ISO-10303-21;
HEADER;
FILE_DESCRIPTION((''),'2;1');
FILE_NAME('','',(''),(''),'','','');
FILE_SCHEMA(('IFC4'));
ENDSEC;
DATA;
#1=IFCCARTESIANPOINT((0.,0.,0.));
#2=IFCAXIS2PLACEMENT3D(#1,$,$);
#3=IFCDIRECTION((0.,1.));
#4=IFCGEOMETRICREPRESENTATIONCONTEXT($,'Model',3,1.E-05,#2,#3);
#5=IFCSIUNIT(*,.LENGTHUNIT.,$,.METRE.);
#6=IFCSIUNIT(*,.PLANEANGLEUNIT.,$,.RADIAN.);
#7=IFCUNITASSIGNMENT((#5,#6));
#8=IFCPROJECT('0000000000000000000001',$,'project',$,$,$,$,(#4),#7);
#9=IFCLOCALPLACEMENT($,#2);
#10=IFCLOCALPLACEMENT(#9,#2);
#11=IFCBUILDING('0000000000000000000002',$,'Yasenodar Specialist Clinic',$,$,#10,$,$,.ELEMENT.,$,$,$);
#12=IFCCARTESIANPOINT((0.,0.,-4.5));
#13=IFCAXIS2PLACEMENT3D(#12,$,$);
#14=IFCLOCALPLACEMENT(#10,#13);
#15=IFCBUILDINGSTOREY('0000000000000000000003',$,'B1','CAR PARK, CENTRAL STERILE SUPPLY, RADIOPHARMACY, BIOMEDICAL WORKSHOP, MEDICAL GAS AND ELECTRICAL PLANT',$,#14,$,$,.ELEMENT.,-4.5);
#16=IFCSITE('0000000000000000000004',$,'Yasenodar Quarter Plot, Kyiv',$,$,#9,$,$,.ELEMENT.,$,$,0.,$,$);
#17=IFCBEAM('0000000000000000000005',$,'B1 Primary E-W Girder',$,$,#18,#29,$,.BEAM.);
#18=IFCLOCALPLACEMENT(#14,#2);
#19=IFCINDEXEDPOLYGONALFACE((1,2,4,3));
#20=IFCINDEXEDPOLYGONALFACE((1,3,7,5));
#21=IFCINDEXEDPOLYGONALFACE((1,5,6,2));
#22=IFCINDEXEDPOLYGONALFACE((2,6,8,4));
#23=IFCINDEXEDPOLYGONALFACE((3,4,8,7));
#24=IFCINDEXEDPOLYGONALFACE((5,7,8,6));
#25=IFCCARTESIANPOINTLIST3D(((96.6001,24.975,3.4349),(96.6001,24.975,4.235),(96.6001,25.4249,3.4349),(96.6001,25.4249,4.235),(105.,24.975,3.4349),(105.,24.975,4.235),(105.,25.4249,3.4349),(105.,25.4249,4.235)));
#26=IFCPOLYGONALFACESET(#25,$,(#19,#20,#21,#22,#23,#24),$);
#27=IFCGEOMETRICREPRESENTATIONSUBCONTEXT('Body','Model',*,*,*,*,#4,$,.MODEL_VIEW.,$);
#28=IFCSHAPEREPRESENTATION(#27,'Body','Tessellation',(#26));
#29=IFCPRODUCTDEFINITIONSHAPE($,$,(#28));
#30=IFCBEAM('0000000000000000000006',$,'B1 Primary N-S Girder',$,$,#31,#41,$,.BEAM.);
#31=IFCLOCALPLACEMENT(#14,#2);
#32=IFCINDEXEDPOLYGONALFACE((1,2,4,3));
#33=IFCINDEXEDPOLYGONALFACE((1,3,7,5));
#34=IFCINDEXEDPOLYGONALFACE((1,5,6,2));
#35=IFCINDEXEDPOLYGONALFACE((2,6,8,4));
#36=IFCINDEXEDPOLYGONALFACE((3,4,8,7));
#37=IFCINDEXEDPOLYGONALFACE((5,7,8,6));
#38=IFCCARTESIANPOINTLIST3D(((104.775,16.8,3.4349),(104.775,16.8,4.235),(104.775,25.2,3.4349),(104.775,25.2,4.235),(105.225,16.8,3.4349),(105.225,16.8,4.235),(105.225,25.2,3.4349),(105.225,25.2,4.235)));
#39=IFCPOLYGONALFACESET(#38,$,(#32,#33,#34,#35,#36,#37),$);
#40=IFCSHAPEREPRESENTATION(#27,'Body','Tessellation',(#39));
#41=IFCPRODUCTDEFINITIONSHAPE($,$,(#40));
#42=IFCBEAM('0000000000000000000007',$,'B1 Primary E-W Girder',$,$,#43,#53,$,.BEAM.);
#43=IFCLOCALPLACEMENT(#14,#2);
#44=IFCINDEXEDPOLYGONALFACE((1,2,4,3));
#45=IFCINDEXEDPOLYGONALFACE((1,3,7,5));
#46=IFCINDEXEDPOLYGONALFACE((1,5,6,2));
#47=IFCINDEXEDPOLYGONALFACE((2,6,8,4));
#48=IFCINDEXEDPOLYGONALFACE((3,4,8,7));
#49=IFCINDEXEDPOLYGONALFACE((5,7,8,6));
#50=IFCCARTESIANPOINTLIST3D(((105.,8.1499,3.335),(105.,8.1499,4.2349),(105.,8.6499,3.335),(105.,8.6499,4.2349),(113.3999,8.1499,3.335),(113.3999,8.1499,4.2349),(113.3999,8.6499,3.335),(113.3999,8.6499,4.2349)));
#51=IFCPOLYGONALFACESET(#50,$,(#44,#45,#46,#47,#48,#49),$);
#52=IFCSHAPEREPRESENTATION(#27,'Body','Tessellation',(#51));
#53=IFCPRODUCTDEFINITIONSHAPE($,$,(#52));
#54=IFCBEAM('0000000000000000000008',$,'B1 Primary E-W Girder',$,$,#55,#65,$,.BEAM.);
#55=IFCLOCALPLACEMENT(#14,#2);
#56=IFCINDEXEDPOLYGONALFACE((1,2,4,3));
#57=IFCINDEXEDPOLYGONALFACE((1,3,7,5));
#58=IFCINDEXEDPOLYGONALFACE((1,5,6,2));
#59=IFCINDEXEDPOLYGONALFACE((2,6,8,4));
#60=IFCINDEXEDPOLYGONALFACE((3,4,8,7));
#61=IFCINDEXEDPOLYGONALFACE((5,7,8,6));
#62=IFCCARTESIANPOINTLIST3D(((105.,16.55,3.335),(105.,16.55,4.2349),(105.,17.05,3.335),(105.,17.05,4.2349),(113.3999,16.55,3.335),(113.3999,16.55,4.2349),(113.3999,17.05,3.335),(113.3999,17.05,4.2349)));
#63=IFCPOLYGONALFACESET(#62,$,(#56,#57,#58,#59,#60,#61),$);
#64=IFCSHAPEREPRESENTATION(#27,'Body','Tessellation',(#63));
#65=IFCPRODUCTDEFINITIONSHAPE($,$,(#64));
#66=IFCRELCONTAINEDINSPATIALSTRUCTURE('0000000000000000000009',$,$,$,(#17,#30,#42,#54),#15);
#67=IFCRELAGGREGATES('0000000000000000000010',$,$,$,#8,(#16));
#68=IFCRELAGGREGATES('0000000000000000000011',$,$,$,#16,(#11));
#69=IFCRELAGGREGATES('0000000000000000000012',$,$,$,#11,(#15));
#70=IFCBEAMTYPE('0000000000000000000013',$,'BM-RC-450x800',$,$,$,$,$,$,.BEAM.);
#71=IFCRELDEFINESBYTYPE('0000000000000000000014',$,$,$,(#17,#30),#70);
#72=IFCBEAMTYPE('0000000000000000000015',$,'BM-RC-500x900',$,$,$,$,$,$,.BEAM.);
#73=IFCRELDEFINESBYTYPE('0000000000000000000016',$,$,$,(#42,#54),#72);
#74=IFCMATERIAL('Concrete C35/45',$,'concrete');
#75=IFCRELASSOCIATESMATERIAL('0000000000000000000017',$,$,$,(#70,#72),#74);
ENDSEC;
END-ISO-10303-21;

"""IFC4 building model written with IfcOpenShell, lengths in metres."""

from ifc_helpers import new_model, si_unit, direction, frame, origin, origin_2d, place, context, subcontext, project, spatial, rectangle, extrude, material, material_profile, profile_set, type_object, element, save


model = new_model("IFC4")

# Units and contexts
model_context = context("Model", 3, precision=1e-05, world=origin(), true_north=direction((0.0, 1.0)))
body_context = subcontext(model_context, "Body", "Model", "MODEL_VIEW")
ifc_project = project(units=[si_unit("LENGTHUNIT", "METRE"), si_unit("PLANEANGLEUNIT", "RADIAN")], contexts=[model_context])

# Site, building, storey
site_placement = place(None, origin())
site = spatial("IfcSite", under=ifc_project, at=site_placement, Name="Yasenodar Quarter Plot, Kyiv", CompositionType="ELEMENT", RefElevation=0.0)
building_placement = place(site_placement, origin())
building = spatial("IfcBuilding", under=site, at=building_placement, Name="Yasenodar Specialist Clinic", CompositionType="ELEMENT")
storey_placement = place(building_placement, frame((0.0, 0.0, -4.5)))
storey = spatial("IfcBuildingStorey", under=building, at=storey_placement, Name="B1", Description="CAR PARK, CENTRAL STERILE SUPPLY, RADIOPHARMACY, BIOMEDICAL WORKSHOP, MEDICAL GAS AND ELECTRICAL PLANT", CompositionType="ELEMENT", Elevation=-4.5)

# Shared definitions
ifc_material_1 = material(Name="Concrete C35/45", Category="concrete")

# Beams
ifc_material_profile_1 = material_profile(ifc_material_1, rectangle(XDim=0.45, YDim=0.8, at=origin_2d()), Name="RC 450x800")
ifc_profile_set_1 = profile_set([ifc_material_profile_1], Name="Concrete C35/45")
beam_type_1 = type_object("IfcBeamType", Name="BM-RC-450x800", PredefinedType="BEAM", material=ifc_profile_set_1)
for number, where, z_axis, x_axis, name in (
    (1, (96.6001, 25.2, 3.835), (1.0, 0.0, 0.0), (0.0, 1.0, 0.0), "B1 Primary E-W Girder"),
    (2, (105.0, 16.8, 3.835), (0.0, 1.0, 0.0), (-1.0, 0.0, 0.0), "B1 Primary N-S Girder"),
):
    element("IfcBeam", number, at=place(storey_placement, frame(where, z_axis=z_axis, x_axis=x_axis)), inside=storey, type_object=beam_type_1, Name=name, PredefinedType="BEAM", context=body_context, shape_type="SweptSolid", body=[
        extrude(rectangle(XDim=0.45, YDim=0.8, at=origin_2d()), origin(), (0.0, 0.0, 1.0), 8.3999),
    ])
ifc_material_profile_2 = material_profile(ifc_material_1, rectangle(XDim=0.5, YDim=0.8999, at=origin_2d()), Name="RC 500x900")
ifc_profile_set_2 = profile_set([ifc_material_profile_2], Name="Concrete C35/45")
beam_type_2 = type_object("IfcBeamType", Name="BM-RC-500x900", PredefinedType="BEAM", material=ifc_profile_set_2)
for number, where, z_axis, x_axis, name in (
    (3, (105.0, 8.3999, 3.7849), (1.0, 0.0, 0.0), (0.0, 1.0, 0.0), "B1 Primary E-W Girder"),
    (4, (105.0, 16.8, 3.7849), (1.0, 0.0, 0.0), (0.0, 1.0, 0.0), "B1 Primary E-W Girder"),
):
    element("IfcBeam", number, at=place(storey_placement, frame(where, z_axis=z_axis, x_axis=x_axis)), inside=storey, type_object=beam_type_2, Name=name, PredefinedType="BEAM", context=body_context, shape_type="SweptSolid", body=[
        extrude(rectangle(XDim=0.5, YDim=0.8999, at=origin_2d()), origin(), (0.0, 0.0, 1.0), 8.3999),
    ])

save(model, "model.ifc")
